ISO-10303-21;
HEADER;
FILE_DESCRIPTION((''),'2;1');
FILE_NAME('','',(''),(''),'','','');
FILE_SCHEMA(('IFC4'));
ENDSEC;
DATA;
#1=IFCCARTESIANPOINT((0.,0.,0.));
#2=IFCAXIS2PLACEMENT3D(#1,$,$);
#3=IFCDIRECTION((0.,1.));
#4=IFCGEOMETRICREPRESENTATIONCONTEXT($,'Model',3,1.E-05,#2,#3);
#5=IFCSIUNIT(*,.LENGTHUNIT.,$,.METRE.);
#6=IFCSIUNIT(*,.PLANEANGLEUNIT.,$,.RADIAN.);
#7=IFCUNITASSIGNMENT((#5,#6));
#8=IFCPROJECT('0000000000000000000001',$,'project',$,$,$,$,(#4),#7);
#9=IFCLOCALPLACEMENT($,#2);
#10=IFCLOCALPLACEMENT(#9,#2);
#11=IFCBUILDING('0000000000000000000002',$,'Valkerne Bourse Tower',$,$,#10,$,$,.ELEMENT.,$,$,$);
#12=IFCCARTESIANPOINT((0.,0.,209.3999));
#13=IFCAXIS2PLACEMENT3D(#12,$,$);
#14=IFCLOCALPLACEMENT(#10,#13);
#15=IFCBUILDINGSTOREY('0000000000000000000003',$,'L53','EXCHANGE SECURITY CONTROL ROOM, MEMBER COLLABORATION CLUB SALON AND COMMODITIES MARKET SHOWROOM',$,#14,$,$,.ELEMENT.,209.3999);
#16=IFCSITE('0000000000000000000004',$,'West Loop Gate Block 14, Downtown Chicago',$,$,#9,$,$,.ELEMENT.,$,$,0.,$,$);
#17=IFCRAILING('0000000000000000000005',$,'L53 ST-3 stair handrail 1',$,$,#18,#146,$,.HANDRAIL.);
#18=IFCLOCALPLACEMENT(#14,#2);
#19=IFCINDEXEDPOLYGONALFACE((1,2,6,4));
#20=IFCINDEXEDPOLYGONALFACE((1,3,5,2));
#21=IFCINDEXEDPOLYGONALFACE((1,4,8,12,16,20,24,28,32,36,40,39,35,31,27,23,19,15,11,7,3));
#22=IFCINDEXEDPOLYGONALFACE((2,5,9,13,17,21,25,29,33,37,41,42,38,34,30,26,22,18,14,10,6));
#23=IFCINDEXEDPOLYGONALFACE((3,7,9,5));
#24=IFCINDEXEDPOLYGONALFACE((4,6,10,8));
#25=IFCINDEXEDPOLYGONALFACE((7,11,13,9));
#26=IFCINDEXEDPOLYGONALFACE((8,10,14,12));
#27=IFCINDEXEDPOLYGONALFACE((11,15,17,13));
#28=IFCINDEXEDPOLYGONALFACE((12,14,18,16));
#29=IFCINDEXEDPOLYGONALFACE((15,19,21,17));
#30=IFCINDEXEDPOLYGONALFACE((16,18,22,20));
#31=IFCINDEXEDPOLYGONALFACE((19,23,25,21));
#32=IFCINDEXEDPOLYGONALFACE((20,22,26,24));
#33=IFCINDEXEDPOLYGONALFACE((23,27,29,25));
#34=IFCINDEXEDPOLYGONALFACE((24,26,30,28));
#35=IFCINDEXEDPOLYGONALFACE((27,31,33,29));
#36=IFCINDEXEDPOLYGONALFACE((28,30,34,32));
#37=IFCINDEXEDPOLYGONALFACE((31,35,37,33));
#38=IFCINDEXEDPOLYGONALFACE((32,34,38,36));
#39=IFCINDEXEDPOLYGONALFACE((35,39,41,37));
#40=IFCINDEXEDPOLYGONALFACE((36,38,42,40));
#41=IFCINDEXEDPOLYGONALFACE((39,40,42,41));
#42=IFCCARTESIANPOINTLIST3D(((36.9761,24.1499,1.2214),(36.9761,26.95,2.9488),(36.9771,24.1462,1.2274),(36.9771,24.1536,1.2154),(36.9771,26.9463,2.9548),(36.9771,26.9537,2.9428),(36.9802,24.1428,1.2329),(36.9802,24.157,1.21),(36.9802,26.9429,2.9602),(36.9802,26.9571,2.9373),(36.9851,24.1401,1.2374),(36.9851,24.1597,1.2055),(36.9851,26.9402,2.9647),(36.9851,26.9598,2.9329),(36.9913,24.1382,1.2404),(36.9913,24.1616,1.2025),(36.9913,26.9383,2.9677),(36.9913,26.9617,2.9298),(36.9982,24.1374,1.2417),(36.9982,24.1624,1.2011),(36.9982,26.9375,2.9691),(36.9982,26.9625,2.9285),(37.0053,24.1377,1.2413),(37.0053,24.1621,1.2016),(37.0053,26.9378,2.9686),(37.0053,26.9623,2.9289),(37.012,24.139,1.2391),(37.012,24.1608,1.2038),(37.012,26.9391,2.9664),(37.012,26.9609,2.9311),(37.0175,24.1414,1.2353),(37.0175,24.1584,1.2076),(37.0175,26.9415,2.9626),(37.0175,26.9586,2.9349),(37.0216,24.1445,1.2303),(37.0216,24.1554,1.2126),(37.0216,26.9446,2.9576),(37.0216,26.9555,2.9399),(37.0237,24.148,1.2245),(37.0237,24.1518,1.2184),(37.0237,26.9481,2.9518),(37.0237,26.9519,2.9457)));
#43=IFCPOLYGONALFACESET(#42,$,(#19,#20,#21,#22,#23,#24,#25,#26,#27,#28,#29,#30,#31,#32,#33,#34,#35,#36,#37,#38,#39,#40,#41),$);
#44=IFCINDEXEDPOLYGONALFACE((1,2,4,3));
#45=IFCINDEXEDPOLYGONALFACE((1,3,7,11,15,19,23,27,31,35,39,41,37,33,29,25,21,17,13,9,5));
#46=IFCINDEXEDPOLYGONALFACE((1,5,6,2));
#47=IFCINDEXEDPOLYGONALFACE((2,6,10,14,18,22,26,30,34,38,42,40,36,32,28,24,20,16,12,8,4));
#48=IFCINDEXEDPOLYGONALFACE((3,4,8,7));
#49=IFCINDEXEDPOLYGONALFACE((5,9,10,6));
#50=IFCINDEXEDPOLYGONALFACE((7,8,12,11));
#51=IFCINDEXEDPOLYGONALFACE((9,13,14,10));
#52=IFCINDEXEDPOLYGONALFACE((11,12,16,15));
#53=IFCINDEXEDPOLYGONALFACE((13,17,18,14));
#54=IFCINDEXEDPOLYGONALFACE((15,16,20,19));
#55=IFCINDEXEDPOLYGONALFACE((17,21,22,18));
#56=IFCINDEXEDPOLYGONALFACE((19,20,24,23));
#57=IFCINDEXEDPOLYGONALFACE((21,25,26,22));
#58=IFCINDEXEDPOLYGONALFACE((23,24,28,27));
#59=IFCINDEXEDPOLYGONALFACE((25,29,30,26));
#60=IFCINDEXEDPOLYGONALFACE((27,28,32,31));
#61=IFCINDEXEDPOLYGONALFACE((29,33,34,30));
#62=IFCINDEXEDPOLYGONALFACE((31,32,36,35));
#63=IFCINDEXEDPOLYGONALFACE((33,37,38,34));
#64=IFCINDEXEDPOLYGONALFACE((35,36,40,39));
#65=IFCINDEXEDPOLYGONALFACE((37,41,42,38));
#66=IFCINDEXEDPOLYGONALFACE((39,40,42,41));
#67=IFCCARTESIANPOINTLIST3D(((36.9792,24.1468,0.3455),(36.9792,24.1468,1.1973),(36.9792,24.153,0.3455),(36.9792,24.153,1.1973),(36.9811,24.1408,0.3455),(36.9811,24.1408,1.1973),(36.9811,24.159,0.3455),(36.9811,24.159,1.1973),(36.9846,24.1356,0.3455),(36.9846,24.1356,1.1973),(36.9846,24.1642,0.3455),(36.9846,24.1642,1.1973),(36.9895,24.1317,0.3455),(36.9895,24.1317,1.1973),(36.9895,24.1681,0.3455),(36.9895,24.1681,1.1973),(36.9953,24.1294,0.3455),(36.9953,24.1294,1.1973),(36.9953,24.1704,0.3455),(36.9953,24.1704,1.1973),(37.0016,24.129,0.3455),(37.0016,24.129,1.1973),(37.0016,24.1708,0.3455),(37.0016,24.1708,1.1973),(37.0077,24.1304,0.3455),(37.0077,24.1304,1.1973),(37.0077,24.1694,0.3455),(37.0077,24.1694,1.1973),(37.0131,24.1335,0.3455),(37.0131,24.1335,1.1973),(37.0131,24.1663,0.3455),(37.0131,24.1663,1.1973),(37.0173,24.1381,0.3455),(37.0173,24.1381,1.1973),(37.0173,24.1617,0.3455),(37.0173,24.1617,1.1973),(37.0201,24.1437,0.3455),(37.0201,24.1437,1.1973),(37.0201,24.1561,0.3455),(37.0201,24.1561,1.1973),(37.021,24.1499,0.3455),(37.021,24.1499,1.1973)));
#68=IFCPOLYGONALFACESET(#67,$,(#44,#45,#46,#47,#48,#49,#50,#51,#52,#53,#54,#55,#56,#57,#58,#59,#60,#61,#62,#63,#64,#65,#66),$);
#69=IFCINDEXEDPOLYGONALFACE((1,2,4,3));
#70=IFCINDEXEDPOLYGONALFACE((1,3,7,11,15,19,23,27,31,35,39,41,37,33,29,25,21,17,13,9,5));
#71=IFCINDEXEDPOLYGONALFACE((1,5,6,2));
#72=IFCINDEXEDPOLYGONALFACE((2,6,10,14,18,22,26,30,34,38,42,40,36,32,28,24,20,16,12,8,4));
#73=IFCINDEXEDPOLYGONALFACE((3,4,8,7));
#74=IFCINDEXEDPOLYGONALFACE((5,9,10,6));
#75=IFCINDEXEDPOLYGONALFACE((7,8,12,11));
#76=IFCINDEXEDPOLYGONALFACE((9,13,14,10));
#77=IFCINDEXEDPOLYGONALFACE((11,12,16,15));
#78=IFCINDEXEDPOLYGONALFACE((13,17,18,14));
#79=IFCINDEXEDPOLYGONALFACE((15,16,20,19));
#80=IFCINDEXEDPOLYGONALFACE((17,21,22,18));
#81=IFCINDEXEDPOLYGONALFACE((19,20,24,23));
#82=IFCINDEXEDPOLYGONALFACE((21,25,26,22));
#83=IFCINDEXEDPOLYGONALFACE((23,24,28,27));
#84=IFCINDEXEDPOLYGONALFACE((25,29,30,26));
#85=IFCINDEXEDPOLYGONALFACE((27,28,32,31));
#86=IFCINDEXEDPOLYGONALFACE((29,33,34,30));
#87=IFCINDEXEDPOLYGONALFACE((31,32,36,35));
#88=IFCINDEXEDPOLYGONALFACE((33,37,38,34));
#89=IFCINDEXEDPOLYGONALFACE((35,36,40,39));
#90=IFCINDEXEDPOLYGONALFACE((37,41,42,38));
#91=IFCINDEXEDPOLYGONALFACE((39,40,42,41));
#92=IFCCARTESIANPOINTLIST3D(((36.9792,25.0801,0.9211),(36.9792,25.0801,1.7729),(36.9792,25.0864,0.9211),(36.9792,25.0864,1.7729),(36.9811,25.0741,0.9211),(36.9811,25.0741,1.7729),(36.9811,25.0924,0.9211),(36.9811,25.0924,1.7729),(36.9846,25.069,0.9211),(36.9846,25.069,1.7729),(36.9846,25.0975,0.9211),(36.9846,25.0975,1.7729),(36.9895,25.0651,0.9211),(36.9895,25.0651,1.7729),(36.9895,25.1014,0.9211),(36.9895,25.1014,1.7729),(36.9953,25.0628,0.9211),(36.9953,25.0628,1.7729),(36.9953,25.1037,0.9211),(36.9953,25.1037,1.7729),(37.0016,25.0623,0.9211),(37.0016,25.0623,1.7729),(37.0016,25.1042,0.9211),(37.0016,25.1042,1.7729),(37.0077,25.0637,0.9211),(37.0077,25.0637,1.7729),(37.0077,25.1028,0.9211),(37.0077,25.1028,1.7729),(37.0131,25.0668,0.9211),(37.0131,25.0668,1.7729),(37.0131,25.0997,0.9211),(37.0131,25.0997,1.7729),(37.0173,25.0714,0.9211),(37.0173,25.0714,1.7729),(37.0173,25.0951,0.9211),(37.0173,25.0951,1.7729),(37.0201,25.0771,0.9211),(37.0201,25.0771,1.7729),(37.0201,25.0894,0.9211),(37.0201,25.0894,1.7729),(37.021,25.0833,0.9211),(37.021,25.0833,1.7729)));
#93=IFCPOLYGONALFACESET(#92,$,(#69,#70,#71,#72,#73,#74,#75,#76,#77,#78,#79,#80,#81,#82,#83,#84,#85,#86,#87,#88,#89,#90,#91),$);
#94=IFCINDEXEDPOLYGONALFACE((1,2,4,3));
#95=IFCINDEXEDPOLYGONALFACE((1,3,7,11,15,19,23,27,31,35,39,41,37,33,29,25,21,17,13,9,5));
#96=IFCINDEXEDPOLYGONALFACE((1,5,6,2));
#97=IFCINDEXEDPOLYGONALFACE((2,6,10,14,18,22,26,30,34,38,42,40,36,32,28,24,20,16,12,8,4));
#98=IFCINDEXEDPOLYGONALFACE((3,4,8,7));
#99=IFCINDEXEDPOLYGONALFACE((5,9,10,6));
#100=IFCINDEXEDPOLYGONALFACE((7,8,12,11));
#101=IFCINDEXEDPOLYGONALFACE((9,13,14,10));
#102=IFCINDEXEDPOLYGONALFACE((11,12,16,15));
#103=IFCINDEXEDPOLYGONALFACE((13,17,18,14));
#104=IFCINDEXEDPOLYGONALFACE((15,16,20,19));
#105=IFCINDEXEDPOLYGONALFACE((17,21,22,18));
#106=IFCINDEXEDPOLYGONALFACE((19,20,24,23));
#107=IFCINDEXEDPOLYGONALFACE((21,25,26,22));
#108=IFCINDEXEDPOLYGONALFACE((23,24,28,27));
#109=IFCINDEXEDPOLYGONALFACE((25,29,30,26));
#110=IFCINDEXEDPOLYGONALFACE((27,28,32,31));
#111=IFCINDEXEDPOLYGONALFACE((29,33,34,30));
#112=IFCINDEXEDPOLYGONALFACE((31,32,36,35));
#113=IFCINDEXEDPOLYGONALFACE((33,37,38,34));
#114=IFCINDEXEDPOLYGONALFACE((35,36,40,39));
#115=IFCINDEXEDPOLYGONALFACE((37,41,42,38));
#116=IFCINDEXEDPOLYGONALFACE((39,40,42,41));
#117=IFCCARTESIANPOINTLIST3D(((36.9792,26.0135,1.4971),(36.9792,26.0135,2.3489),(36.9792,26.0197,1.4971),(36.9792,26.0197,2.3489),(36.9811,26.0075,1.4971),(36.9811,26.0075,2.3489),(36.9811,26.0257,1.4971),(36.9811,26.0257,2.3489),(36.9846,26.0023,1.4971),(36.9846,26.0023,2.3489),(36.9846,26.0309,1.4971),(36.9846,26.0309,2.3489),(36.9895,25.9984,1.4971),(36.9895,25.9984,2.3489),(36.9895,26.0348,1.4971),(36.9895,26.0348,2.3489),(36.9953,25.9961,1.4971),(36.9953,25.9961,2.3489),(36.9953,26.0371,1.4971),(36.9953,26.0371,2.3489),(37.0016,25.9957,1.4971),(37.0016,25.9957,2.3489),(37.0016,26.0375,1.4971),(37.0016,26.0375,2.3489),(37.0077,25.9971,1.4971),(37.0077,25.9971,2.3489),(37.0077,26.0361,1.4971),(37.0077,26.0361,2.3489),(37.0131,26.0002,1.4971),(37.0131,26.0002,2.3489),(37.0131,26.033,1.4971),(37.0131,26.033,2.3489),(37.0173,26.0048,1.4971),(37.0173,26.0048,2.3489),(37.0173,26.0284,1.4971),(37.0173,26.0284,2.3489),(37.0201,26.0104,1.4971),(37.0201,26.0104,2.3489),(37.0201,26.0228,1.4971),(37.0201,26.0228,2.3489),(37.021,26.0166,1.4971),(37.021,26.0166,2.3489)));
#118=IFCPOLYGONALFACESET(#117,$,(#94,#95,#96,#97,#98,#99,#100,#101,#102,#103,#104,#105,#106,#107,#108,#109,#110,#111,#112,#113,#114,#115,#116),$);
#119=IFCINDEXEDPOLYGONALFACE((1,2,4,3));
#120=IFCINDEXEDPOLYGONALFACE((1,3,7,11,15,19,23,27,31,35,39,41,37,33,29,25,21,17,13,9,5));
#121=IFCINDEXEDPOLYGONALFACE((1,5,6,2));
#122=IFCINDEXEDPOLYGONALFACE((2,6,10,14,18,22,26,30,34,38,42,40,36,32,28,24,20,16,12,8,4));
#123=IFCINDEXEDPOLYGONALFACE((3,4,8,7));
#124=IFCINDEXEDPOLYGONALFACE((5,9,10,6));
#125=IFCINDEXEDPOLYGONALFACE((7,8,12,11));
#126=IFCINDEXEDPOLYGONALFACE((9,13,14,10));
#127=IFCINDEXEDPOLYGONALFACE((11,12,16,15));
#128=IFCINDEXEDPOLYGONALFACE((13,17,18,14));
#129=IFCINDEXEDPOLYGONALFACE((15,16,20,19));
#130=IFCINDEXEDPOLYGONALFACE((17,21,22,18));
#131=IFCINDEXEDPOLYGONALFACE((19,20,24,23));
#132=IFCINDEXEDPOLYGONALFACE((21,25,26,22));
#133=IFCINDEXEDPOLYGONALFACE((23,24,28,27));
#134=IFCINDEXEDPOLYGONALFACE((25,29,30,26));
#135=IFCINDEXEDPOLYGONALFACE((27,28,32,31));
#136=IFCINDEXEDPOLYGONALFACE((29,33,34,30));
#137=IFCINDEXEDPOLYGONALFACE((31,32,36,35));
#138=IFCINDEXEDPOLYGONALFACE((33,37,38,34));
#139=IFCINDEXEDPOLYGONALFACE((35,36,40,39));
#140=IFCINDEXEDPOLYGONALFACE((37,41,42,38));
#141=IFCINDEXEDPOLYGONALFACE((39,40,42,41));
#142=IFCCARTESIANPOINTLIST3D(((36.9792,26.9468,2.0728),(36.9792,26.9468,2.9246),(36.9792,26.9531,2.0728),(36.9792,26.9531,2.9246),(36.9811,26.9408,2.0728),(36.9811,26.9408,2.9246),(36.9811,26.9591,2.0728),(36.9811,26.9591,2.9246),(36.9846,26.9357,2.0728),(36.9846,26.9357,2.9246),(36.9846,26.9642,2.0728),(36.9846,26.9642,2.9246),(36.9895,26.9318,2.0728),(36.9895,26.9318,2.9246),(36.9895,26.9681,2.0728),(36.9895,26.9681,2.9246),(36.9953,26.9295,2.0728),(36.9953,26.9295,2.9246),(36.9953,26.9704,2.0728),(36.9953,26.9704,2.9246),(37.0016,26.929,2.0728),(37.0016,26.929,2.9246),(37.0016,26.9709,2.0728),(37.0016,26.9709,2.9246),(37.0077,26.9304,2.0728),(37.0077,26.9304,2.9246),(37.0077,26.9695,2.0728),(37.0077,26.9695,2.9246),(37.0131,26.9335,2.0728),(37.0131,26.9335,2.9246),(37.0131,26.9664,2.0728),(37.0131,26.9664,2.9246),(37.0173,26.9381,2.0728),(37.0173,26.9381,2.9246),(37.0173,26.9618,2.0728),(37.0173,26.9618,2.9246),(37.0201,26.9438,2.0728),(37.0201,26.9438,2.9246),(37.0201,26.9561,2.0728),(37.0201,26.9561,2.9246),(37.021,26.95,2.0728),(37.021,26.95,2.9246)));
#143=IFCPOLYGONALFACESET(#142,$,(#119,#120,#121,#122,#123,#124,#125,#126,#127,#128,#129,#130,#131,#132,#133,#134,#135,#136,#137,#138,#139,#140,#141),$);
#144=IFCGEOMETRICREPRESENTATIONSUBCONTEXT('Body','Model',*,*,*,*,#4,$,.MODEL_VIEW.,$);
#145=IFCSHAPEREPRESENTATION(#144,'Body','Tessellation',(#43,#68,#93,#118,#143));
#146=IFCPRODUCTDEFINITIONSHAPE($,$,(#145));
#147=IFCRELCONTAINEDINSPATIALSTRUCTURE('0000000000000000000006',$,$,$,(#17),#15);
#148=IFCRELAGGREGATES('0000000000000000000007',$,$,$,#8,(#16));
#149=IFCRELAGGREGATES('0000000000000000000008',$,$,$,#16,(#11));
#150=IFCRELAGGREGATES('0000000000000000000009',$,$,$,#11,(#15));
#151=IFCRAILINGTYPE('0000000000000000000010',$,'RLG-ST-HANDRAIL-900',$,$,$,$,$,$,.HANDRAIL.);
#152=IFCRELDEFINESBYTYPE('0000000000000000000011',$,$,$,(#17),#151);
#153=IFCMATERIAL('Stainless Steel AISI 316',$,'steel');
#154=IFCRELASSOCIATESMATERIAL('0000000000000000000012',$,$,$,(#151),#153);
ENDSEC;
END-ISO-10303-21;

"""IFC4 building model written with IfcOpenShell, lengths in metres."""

from ifc_helpers import new_model, si_unit, direction, frame, origin, origin_2d, place, context, subcontext, project, spatial, circle, extrude, material, type_object, element, save


model = new_model("IFC4")

# Units and contexts
model_context = context("Model", 3, precision=1e-05, world=origin(), true_north=direction((0.0, 1.0)))
body_context = subcontext(model_context, "Body", "Model", "MODEL_VIEW")
ifc_project = project(units=[si_unit("LENGTHUNIT", "METRE"), si_unit("PLANEANGLEUNIT", "RADIAN")], contexts=[model_context])

# Site, building, storey
site_placement = place(None, origin())
site = spatial("IfcSite", under=ifc_project, at=site_placement, Name="West Loop Gate Block 14, Downtown Chicago", CompositionType="ELEMENT", RefElevation=0.0)
building_placement = place(site_placement, origin())
building = spatial("IfcBuilding", under=site, at=building_placement, Name="Valkerne Bourse Tower", CompositionType="ELEMENT")
storey_placement = place(building_placement, frame((0.0, 0.0, 209.3999)))
storey = spatial("IfcBuildingStorey", under=building, at=storey_placement, Name="L53", Description="EXCHANGE SECURITY CONTROL ROOM, MEMBER COLLABORATION CLUB SALON AND COMMODITIES MARKET SHOWROOM", CompositionType="ELEMENT", Elevation=209.3999)

# Railing
ifc_material_1 = material(Name="Stainless Steel AISI 316", Category="steel")
railing_type_1 = type_object("IfcRailingType", Name="RLG-ST-HANDRAIL-900", PredefinedType="HANDRAIL", material=ifc_material_1)
railing_1_placement = place(storey_placement, frame((37.0, 24.1499, 0.3455)))
element("IfcRailing", 1, at=railing_1_placement, inside=storey, type_object=railing_type_1, Name="L53 ST-3 stair handrail 1", PredefinedType="HANDRAIL", context=body_context, shape_type="SweptSolid", body=[
    extrude(circle(Radius=0.0239, at=origin_2d()), frame((0.0, 0.0, 0.876), z_axis=(0.0, 0.85109, 0.52502), x_axis=(-1.0, 0.0, 0.0)), (0.0, 0.0, 1.0), 3.29),
    extrude(circle(Radius=0.021, at=origin_2d()), origin(), (0.0, 0.0, 1.0), 0.8518),
    extrude(circle(Radius=0.021, at=origin_2d()), frame((0.0, 0.9333, 0.5757)), (0.0, 0.0, 1.0), 0.8518),
    extrude(circle(Radius=0.021, at=origin_2d()), frame((0.0, 1.8667, 1.1516)), (0.0, 0.0, 1.0), 0.8518),
    extrude(circle(Radius=0.021, at=origin_2d()), frame((0.0, 2.8, 1.7273)), (0.0, 0.0, 1.0), 0.8518),
])

save(model, "model.ifc")
